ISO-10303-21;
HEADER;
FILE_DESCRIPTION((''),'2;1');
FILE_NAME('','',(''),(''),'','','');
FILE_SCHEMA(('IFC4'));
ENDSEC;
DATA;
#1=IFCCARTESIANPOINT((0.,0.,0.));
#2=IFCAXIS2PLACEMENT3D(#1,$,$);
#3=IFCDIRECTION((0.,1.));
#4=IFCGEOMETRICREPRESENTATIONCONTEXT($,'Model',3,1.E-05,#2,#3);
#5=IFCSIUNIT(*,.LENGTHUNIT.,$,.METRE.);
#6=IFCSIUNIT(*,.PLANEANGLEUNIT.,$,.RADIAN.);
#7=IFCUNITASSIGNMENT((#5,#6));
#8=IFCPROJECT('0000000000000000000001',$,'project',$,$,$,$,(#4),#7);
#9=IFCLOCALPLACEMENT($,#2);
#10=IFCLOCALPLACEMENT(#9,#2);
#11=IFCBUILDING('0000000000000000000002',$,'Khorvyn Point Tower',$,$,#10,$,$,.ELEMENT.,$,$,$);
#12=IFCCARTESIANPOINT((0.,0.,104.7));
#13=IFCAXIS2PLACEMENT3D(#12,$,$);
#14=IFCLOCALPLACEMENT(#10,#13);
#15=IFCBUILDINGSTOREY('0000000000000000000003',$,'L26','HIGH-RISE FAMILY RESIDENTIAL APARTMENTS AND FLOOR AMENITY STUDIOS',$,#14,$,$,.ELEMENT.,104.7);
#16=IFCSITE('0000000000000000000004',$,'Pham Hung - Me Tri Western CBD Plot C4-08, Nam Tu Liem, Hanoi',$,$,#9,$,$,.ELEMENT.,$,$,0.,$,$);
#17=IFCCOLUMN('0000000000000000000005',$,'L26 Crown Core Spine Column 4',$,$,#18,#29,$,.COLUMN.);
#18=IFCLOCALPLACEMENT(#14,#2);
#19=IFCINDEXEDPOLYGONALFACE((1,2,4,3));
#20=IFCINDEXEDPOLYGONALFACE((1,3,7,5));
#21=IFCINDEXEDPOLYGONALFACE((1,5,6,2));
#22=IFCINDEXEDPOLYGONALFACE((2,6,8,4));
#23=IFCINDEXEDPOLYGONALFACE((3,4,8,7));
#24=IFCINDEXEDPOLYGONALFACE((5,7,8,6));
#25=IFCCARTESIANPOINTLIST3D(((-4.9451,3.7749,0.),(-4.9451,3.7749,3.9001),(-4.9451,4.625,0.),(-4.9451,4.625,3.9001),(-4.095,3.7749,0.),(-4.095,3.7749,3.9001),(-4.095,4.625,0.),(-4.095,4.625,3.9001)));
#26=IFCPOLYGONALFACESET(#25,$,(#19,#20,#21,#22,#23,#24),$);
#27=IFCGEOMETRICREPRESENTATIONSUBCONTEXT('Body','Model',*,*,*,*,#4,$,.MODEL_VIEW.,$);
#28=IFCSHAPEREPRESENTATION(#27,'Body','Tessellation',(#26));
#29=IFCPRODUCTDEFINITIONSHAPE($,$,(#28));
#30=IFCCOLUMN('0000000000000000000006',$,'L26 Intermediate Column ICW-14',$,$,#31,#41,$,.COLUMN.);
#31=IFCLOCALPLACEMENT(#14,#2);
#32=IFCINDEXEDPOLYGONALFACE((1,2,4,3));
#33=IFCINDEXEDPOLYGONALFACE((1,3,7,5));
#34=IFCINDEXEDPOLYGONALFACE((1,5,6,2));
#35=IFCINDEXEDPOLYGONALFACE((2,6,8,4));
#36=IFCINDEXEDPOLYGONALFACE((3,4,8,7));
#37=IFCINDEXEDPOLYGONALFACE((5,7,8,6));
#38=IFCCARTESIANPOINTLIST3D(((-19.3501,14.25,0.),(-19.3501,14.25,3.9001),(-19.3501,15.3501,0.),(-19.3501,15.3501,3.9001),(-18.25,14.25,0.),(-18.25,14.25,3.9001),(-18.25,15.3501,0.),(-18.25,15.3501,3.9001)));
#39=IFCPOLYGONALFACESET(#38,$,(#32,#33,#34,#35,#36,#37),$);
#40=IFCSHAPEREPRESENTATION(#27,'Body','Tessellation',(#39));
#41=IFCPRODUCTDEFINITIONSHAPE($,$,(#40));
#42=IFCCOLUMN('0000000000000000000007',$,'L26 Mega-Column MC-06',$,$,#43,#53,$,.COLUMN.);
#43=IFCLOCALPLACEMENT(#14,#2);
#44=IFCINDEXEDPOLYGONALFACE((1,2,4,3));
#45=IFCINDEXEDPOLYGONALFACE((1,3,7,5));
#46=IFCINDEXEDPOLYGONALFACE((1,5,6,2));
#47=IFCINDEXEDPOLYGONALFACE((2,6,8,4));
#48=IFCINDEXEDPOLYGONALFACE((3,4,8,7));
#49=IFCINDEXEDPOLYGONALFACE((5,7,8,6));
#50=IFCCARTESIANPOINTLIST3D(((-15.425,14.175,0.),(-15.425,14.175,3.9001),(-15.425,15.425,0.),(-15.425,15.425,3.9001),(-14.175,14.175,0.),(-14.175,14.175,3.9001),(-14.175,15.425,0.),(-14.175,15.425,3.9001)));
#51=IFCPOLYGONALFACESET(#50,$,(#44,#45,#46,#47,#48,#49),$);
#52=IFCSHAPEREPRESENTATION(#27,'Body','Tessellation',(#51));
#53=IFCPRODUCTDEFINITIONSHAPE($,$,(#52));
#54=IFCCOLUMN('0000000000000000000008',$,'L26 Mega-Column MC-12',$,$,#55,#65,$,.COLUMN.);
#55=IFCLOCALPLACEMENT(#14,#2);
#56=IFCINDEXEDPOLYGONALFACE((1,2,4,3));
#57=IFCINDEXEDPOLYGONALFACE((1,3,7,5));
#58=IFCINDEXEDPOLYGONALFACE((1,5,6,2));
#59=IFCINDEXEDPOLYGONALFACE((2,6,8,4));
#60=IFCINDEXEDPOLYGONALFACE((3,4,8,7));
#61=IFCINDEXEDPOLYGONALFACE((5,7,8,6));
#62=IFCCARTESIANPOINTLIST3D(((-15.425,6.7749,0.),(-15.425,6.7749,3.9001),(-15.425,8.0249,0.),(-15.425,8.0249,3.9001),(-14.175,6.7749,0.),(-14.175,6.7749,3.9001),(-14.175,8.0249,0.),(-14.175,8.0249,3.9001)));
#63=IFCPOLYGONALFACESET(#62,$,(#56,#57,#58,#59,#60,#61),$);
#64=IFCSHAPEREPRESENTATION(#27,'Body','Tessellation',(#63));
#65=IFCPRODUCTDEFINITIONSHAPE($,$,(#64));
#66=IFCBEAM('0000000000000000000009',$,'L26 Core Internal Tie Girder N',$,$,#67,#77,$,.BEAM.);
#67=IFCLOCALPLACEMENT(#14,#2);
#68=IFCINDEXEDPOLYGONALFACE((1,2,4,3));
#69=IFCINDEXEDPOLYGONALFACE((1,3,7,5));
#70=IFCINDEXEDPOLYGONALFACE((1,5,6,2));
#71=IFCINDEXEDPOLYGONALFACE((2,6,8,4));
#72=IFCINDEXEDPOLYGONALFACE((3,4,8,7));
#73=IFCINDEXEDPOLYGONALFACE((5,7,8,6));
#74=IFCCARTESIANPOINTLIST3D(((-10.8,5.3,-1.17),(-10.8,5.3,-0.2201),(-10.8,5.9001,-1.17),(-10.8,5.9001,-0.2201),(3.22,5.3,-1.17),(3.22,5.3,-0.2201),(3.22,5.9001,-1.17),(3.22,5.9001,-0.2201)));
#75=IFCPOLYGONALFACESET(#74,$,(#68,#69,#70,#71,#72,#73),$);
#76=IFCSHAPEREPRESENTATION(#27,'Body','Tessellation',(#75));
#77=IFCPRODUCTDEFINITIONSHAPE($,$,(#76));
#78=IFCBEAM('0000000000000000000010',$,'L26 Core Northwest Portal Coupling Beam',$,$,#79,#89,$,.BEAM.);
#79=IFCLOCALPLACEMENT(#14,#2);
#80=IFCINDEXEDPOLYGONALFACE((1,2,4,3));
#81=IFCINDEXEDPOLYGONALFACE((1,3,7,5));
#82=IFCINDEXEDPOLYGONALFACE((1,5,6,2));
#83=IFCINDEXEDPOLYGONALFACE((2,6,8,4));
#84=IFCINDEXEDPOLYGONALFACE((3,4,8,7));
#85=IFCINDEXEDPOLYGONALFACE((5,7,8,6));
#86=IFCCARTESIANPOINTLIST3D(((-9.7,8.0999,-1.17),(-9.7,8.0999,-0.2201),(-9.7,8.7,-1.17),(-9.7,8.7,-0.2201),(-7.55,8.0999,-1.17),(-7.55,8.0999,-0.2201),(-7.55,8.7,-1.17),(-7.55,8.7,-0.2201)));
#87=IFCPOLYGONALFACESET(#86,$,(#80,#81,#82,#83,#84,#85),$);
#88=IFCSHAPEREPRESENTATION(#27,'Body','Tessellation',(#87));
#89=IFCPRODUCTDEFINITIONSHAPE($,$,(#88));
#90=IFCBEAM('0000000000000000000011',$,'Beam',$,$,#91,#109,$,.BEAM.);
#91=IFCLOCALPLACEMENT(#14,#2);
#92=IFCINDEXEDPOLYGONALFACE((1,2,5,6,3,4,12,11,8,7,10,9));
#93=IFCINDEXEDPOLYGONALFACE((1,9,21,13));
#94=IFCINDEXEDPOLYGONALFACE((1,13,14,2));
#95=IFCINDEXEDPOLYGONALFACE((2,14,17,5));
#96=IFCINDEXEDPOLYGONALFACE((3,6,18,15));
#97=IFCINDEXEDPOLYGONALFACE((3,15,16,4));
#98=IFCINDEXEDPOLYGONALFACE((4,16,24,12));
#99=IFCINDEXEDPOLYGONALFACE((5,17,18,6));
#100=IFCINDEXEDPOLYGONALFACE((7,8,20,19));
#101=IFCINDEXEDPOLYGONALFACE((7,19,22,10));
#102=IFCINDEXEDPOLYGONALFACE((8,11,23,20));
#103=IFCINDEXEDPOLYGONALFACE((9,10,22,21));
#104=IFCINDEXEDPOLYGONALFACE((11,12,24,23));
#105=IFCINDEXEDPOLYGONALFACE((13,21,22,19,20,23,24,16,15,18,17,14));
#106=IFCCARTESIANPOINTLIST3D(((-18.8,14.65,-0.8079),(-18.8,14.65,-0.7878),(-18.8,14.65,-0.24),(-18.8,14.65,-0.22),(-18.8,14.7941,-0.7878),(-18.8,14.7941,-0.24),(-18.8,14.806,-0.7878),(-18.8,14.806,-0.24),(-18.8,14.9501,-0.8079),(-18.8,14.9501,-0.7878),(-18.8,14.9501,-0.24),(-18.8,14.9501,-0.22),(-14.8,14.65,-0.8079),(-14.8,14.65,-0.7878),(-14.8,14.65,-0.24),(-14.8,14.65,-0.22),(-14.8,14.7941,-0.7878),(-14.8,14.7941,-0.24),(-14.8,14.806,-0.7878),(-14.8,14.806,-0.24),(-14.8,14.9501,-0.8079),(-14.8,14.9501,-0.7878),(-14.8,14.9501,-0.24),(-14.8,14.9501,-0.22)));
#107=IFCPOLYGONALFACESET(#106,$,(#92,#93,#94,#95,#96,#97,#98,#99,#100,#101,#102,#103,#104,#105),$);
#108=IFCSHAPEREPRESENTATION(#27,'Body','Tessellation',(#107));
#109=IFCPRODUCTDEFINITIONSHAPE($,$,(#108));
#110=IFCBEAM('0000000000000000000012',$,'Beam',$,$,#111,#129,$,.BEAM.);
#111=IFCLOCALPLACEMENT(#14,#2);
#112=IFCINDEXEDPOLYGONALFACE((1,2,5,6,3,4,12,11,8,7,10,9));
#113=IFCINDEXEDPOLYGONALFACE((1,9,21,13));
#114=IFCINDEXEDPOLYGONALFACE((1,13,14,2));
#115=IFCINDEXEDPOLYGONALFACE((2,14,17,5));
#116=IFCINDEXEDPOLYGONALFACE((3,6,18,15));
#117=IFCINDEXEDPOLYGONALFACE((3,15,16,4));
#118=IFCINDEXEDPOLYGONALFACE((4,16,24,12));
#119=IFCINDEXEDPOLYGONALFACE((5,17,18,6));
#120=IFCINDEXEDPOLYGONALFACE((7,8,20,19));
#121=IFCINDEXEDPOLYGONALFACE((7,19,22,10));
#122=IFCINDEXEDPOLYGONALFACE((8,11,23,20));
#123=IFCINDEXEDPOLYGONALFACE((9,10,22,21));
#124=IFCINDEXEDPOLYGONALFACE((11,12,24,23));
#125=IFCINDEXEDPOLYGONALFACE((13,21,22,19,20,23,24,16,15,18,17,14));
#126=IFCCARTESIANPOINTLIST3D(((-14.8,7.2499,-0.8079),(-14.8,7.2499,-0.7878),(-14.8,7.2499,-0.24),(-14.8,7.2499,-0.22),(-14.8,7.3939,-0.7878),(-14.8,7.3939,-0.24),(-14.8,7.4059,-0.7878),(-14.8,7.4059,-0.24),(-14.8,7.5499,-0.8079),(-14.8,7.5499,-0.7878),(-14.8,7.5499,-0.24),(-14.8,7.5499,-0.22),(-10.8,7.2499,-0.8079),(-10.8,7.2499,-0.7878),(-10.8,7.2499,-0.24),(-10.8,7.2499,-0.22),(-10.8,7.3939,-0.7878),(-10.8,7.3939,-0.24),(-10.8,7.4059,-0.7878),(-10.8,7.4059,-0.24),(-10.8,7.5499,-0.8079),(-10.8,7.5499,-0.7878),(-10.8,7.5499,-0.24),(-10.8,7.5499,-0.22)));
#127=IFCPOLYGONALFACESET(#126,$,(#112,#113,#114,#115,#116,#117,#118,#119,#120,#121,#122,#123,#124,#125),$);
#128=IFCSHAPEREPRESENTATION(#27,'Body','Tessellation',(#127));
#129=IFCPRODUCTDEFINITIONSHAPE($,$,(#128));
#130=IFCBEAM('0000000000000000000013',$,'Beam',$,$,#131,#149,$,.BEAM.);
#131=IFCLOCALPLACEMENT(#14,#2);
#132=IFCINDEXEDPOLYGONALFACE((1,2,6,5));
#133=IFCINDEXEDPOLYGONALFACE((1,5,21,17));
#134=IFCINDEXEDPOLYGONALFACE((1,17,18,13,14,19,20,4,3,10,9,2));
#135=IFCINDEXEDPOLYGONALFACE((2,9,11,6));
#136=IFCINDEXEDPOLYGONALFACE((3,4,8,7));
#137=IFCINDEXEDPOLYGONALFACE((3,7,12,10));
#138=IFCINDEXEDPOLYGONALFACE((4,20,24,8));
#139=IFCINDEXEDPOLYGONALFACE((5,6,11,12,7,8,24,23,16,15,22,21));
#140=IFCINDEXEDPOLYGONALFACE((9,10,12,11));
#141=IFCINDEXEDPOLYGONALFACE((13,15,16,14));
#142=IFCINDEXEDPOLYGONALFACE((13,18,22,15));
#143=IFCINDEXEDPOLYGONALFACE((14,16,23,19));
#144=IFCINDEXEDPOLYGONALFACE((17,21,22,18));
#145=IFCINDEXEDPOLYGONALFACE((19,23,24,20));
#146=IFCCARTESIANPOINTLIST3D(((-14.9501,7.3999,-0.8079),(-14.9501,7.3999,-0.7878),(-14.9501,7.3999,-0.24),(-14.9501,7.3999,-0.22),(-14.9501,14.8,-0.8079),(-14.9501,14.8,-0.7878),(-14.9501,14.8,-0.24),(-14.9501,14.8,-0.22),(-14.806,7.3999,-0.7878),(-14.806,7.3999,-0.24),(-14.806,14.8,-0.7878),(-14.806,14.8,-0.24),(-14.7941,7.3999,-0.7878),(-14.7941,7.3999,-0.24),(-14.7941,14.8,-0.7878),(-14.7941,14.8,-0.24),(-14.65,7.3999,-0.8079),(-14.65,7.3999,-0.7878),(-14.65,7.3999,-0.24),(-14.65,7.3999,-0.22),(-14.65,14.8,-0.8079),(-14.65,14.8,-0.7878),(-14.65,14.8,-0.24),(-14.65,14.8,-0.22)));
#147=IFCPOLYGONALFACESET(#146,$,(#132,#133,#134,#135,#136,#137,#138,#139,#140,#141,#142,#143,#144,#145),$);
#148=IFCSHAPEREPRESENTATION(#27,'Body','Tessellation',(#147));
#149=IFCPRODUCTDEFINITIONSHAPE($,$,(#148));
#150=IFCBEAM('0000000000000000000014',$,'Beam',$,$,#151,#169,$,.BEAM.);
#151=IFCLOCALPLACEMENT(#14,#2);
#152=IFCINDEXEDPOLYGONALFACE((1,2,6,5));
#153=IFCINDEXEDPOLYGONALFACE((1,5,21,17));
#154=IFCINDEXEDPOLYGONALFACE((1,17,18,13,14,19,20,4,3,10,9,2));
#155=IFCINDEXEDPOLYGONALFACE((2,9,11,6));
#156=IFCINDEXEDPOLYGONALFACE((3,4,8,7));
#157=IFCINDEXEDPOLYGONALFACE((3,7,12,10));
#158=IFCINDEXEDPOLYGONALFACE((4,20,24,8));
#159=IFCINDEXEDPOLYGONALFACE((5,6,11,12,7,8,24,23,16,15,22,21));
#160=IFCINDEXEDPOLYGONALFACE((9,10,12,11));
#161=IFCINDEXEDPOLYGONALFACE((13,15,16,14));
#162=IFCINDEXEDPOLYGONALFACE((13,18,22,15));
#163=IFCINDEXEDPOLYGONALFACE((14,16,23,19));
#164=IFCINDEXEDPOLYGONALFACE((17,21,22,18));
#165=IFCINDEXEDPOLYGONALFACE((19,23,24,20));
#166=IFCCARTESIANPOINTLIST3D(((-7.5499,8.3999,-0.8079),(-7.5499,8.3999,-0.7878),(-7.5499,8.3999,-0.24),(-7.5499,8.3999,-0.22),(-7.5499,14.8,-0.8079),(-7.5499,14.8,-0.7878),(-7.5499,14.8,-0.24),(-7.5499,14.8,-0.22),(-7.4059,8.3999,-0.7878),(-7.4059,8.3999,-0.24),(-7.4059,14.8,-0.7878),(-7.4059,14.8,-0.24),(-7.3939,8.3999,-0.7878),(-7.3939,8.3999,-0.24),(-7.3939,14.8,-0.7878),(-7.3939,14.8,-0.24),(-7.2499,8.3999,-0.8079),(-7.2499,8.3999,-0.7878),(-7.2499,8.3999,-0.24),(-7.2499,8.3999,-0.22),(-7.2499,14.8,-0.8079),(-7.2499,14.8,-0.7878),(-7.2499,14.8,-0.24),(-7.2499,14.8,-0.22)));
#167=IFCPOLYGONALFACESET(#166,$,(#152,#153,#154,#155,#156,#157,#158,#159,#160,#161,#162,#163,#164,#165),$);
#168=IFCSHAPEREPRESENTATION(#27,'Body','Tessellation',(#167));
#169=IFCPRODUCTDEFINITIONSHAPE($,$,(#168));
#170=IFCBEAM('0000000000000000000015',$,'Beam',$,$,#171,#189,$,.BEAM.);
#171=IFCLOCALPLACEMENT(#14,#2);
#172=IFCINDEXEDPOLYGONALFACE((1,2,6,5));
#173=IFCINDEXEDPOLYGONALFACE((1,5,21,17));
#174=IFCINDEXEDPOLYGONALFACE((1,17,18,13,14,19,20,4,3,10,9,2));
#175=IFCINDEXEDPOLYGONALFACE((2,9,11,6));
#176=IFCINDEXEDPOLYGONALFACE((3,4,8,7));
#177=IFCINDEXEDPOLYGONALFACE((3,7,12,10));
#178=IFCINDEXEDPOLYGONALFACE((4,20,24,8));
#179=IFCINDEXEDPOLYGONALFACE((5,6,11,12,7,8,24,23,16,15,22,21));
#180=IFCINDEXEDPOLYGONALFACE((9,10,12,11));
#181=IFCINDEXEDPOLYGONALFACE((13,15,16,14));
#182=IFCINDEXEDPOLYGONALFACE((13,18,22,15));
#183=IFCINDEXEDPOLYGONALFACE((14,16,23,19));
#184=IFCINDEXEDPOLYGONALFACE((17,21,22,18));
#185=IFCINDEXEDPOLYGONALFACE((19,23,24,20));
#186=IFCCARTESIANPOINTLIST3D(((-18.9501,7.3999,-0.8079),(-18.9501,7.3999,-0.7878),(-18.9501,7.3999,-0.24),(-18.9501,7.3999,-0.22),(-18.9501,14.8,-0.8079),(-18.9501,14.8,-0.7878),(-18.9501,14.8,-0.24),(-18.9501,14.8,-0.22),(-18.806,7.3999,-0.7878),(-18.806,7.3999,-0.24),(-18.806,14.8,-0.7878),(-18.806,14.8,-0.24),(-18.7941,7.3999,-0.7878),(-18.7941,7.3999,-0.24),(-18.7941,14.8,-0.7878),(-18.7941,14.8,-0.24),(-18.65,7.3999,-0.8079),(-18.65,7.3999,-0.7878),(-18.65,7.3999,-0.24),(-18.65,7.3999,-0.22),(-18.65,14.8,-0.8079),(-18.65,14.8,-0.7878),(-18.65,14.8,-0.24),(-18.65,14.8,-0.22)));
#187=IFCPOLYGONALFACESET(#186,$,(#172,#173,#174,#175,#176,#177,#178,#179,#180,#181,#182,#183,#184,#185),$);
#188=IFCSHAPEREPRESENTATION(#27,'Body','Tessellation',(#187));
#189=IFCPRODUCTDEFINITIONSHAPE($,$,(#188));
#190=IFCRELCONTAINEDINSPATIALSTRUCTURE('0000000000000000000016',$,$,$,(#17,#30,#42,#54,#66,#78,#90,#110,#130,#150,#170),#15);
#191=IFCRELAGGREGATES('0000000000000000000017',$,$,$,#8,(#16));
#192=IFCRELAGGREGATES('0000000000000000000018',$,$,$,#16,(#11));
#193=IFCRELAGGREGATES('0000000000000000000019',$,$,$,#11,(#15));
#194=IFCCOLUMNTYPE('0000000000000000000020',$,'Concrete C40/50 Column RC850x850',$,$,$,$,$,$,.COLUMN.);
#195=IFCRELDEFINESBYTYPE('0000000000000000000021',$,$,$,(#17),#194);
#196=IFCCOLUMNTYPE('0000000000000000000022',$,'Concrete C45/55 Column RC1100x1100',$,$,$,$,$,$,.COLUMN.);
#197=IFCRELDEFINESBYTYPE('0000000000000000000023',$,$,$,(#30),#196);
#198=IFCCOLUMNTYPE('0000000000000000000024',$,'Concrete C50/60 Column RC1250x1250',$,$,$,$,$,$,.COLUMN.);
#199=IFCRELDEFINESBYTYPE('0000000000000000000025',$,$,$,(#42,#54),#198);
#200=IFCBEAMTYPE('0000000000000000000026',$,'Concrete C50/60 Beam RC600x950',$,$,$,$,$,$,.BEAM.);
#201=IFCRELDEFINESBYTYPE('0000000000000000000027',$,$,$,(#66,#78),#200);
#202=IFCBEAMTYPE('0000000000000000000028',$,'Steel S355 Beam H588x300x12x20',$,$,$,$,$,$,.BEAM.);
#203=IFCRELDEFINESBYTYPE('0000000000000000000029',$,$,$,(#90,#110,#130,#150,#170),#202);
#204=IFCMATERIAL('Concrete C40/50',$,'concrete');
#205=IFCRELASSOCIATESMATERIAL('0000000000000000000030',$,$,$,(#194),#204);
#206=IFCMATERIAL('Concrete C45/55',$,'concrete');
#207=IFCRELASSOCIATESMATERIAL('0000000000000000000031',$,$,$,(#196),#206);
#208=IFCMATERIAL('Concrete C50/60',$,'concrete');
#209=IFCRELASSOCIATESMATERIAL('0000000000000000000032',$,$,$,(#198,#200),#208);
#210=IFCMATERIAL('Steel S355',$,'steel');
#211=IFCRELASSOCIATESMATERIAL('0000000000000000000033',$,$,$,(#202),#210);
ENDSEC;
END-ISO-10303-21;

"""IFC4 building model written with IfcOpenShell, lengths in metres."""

from ifc_helpers import new_model, si_unit, direction, frame, origin, origin_2d, place, context, subcontext, project, spatial, rectangle, i_section, extrude, material, material_profile, profile_set, type_object, element, save


model = new_model("IFC4")

# Units and contexts
model_context = context("Model", 3, precision=1e-05, world=origin(), true_north=direction((0.0, 1.0)))
body_context = subcontext(model_context, "Body", "Model", "MODEL_VIEW")
ifc_project = project(units=[si_unit("LENGTHUNIT", "METRE"), si_unit("PLANEANGLEUNIT", "RADIAN")], contexts=[model_context])

# Site, building, storey
site_placement = place(None, origin())
site = spatial("IfcSite", under=ifc_project, at=site_placement, Name="Pham Hung - Me Tri Western CBD Plot C4-08, Nam Tu Liem, Hanoi", CompositionType="ELEMENT", RefElevation=0.0)
building_placement = place(site_placement, origin())
building = spatial("IfcBuilding", under=site, at=building_placement, Name="Khorvyn Point Tower", CompositionType="ELEMENT")
storey_placement = place(building_placement, frame((0.0, 0.0, 104.7)))
storey = spatial("IfcBuildingStorey", under=building, at=storey_placement, Name="L26", Description="HIGH-RISE FAMILY RESIDENTIAL APARTMENTS AND FLOOR AMENITY STUDIOS", CompositionType="ELEMENT", Elevation=104.7)

# Columns
ifc_material_1 = material(Name="Concrete C40/50", Category="concrete")
ifc_material_profile_1 = material_profile(ifc_material_1, rectangle(XDim=0.8501, YDim=0.8501, at=origin_2d()))
ifc_profile_set_1 = profile_set([ifc_material_profile_1], Name="Concrete C40/50 RC850x850")
column_type_1 = type_object("IfcColumnType", Name="Concrete C40/50 Column RC850x850", PredefinedType="COLUMN", material=ifc_profile_set_1)
column_1_placement = place(storey_placement, frame((-4.52, 4.2, 0.0), z_axis=(0.0, 0.0, 1.0), x_axis=(1.0, 0.0, 0.0)))
element("IfcColumn", 1, at=column_1_placement, inside=storey, type_object=column_type_1, Name="L26 Crown Core Spine Column 4", PredefinedType="COLUMN", context=body_context, shape_type="SweptSolid", body=[
    extrude(rectangle(XDim=0.8501, YDim=0.8501, at=origin_2d()), origin(), (0.0, 0.0, 1.0), 3.9001),
])
ifc_material_2 = material(Name="Concrete C45/55", Category="concrete")
ifc_material_profile_2 = material_profile(ifc_material_2, rectangle(XDim=1.1001, YDim=1.1001, at=origin_2d()))
ifc_profile_set_2 = profile_set([ifc_material_profile_2], Name="Concrete C45/55 RC1100x1100")
column_type_2 = type_object("IfcColumnType", Name="Concrete C45/55 Column RC1100x1100", PredefinedType="COLUMN", material=ifc_profile_set_2)
column_2_placement = place(storey_placement, frame((-18.8, 14.8, 0.0), z_axis=(0.0, 0.0, 1.0), x_axis=(1.0, 0.0, 0.0)))
element("IfcColumn", 2, at=column_2_placement, inside=storey, type_object=column_type_2, Name="L26 Intermediate Column ICW-14", PredefinedType="COLUMN", context=body_context, shape_type="SweptSolid", body=[
    extrude(rectangle(XDim=1.1001, YDim=1.1001, at=origin_2d()), origin(), (0.0, 0.0, 1.0), 3.9001),
])
ifc_material_3 = material(Name="Concrete C50/60", Category="concrete")
ifc_material_profile_3 = material_profile(ifc_material_3, rectangle(XDim=1.25, YDim=1.25, at=origin_2d()))
ifc_profile_set_3 = profile_set([ifc_material_profile_3], Name="Concrete C50/60 RC1250x1250")
column_type_3 = type_object("IfcColumnType", Name="Concrete C50/60 Column RC1250x1250", PredefinedType="COLUMN", material=ifc_profile_set_3)
for number, where, z_axis, x_axis, name in (
    (3, (-14.8, 14.8, 0.0), (0.0, 0.0, 1.0), (1.0, 0.0, 0.0), "L26 Mega-Column MC-06"),
    (4, (-14.8, 7.3999, 0.0), (0.0, 0.0, 1.0), (1.0, 0.0, 0.0), "L26 Mega-Column MC-12"),
):
    element("IfcColumn", number, at=place(storey_placement, frame(where, z_axis=z_axis, x_axis=x_axis)), inside=storey, type_object=column_type_3, Name=name, PredefinedType="COLUMN", context=body_context, shape_type="SweptSolid", body=[
        extrude(rectangle(XDim=1.25, YDim=1.25, at=origin_2d()), origin(), (0.0, 0.0, 1.0), 3.9001),
    ])

# Beams
ifc_material_profile_4 = material_profile(ifc_material_3, rectangle(XDim=0.6001, YDim=0.95, at=origin_2d()))
ifc_profile_set_4 = profile_set([ifc_material_profile_4], Name="Concrete C50/60 RC600x950")
beam_type_1 = type_object("IfcBeamType", Name="Concrete C50/60 Beam RC600x950", PredefinedType="BEAM", material=ifc_profile_set_4)
beam_1_placement = place(storey_placement, frame((-10.8, 5.6001, -0.6951), z_axis=(1.0, 0.0, 0.0), x_axis=(0.0, 1.0, 0.0)))
element("IfcBeam", 5, at=beam_1_placement, inside=storey, type_object=beam_type_1, Name="L26 Core Internal Tie Girder N", PredefinedType="BEAM", context=body_context, shape_type="SweptSolid", body=[
    extrude(rectangle(XDim=0.6001, YDim=0.95, at=origin_2d()), origin(), (0.0, 0.0, 1.0), 14.02),
])
beam_2_placement = place(storey_placement, frame((-9.7, 8.3999, -0.6951), z_axis=(1.0, 0.0, 0.0), x_axis=(0.0, 1.0, 0.0)))
element("IfcBeam", 6, at=beam_2_placement, inside=storey, type_object=beam_type_1, Name="L26 Core Northwest Portal Coupling Beam", PredefinedType="BEAM", context=body_context, shape_type="SweptSolid", body=[
    extrude(rectangle(XDim=0.6001, YDim=0.95, at=origin_2d()), origin(), (0.0, 0.0, 1.0), 2.1499),
])
ifc_material_4 = material(Name="Steel S355", Category="steel")
ifc_material_profile_5 = material_profile(ifc_material_4, i_section(OverallWidth=0.3, OverallDepth=0.5879, WebThickness=0.012, FlangeThickness=0.02, at=origin_2d()))
ifc_profile_set_5 = profile_set([ifc_material_profile_5], Name="Steel S355 H588x300x12x20")
beam_type_2 = type_object("IfcBeamType", Name="Steel S355 Beam H588x300x12x20", PredefinedType="BEAM", material=ifc_profile_set_5)
for number, where, z_axis, x_axis, name in (
    (7, (-18.8, 14.8, -0.5139), (1.0, 0.0, 0.0), (0.0, 1.0, 0.0), "Beam"),
    (8, (-14.8, 7.3999, -0.5139), (1.0, 0.0, 0.0), (0.0, 1.0, 0.0), "Beam"),
):
    element("IfcBeam", number, at=place(storey_placement, frame(where, z_axis=z_axis, x_axis=x_axis)), inside=storey, type_object=beam_type_2, Name=name, PredefinedType="BEAM", context=body_context, shape_type="SweptSolid", body=[
        extrude(i_section(OverallWidth=0.3, OverallDepth=0.5879, WebThickness=0.012, FlangeThickness=0.02, at=origin_2d()), origin(), (0.0, 0.0, 1.0), 4.0),
    ])
beam_3_placement = place(storey_placement, frame((-14.8, 7.3999, -0.5139), z_axis=(0.0, 1.0, 0.0), x_axis=(-1.0, 0.0, 0.0)))
element("IfcBeam", 9, at=beam_3_placement, inside=storey, type_object=beam_type_2, Name="Beam", PredefinedType="BEAM", context=body_context, shape_type="SweptSolid", body=[
    extrude(i_section(OverallWidth=0.3, OverallDepth=0.5879, WebThickness=0.012, FlangeThickness=0.02, at=origin_2d()), origin(), (0.0, 0.0, 1.0), 7.4001),
])
beam_4_placement = place(storey_placement, frame((-7.3999, 8.3999, -0.5139), z_axis=(0.0, 1.0, 0.0), x_axis=(-1.0, 0.0, 0.0)))
element("IfcBeam", 10, at=beam_4_placement, inside=storey, type_object=beam_type_2, Name="Beam", PredefinedType="BEAM", context=body_context, shape_type="SweptSolid", body=[
    extrude(i_section(OverallWidth=0.3, OverallDepth=0.5879, WebThickness=0.012, FlangeThickness=0.02, at=origin_2d()), origin(), (0.0, 0.0, 1.0), 6.4001),
])
beam_5_placement = place(storey_placement, frame((-18.8, 7.3999, -0.5139), z_axis=(0.0, 1.0, 0.0), x_axis=(-1.0, 0.0, 0.0)))
element("IfcBeam", 11, at=beam_5_placement, inside=storey, type_object=beam_type_2, Name="Beam", PredefinedType="BEAM", context=body_context, shape_type="SweptSolid", body=[
    extrude(i_section(OverallWidth=0.3, OverallDepth=0.5879, WebThickness=0.012, FlangeThickness=0.02, at=origin_2d()), origin(), (0.0, 0.0, 1.0), 7.4001),
])

save(model, "model.ifc")
